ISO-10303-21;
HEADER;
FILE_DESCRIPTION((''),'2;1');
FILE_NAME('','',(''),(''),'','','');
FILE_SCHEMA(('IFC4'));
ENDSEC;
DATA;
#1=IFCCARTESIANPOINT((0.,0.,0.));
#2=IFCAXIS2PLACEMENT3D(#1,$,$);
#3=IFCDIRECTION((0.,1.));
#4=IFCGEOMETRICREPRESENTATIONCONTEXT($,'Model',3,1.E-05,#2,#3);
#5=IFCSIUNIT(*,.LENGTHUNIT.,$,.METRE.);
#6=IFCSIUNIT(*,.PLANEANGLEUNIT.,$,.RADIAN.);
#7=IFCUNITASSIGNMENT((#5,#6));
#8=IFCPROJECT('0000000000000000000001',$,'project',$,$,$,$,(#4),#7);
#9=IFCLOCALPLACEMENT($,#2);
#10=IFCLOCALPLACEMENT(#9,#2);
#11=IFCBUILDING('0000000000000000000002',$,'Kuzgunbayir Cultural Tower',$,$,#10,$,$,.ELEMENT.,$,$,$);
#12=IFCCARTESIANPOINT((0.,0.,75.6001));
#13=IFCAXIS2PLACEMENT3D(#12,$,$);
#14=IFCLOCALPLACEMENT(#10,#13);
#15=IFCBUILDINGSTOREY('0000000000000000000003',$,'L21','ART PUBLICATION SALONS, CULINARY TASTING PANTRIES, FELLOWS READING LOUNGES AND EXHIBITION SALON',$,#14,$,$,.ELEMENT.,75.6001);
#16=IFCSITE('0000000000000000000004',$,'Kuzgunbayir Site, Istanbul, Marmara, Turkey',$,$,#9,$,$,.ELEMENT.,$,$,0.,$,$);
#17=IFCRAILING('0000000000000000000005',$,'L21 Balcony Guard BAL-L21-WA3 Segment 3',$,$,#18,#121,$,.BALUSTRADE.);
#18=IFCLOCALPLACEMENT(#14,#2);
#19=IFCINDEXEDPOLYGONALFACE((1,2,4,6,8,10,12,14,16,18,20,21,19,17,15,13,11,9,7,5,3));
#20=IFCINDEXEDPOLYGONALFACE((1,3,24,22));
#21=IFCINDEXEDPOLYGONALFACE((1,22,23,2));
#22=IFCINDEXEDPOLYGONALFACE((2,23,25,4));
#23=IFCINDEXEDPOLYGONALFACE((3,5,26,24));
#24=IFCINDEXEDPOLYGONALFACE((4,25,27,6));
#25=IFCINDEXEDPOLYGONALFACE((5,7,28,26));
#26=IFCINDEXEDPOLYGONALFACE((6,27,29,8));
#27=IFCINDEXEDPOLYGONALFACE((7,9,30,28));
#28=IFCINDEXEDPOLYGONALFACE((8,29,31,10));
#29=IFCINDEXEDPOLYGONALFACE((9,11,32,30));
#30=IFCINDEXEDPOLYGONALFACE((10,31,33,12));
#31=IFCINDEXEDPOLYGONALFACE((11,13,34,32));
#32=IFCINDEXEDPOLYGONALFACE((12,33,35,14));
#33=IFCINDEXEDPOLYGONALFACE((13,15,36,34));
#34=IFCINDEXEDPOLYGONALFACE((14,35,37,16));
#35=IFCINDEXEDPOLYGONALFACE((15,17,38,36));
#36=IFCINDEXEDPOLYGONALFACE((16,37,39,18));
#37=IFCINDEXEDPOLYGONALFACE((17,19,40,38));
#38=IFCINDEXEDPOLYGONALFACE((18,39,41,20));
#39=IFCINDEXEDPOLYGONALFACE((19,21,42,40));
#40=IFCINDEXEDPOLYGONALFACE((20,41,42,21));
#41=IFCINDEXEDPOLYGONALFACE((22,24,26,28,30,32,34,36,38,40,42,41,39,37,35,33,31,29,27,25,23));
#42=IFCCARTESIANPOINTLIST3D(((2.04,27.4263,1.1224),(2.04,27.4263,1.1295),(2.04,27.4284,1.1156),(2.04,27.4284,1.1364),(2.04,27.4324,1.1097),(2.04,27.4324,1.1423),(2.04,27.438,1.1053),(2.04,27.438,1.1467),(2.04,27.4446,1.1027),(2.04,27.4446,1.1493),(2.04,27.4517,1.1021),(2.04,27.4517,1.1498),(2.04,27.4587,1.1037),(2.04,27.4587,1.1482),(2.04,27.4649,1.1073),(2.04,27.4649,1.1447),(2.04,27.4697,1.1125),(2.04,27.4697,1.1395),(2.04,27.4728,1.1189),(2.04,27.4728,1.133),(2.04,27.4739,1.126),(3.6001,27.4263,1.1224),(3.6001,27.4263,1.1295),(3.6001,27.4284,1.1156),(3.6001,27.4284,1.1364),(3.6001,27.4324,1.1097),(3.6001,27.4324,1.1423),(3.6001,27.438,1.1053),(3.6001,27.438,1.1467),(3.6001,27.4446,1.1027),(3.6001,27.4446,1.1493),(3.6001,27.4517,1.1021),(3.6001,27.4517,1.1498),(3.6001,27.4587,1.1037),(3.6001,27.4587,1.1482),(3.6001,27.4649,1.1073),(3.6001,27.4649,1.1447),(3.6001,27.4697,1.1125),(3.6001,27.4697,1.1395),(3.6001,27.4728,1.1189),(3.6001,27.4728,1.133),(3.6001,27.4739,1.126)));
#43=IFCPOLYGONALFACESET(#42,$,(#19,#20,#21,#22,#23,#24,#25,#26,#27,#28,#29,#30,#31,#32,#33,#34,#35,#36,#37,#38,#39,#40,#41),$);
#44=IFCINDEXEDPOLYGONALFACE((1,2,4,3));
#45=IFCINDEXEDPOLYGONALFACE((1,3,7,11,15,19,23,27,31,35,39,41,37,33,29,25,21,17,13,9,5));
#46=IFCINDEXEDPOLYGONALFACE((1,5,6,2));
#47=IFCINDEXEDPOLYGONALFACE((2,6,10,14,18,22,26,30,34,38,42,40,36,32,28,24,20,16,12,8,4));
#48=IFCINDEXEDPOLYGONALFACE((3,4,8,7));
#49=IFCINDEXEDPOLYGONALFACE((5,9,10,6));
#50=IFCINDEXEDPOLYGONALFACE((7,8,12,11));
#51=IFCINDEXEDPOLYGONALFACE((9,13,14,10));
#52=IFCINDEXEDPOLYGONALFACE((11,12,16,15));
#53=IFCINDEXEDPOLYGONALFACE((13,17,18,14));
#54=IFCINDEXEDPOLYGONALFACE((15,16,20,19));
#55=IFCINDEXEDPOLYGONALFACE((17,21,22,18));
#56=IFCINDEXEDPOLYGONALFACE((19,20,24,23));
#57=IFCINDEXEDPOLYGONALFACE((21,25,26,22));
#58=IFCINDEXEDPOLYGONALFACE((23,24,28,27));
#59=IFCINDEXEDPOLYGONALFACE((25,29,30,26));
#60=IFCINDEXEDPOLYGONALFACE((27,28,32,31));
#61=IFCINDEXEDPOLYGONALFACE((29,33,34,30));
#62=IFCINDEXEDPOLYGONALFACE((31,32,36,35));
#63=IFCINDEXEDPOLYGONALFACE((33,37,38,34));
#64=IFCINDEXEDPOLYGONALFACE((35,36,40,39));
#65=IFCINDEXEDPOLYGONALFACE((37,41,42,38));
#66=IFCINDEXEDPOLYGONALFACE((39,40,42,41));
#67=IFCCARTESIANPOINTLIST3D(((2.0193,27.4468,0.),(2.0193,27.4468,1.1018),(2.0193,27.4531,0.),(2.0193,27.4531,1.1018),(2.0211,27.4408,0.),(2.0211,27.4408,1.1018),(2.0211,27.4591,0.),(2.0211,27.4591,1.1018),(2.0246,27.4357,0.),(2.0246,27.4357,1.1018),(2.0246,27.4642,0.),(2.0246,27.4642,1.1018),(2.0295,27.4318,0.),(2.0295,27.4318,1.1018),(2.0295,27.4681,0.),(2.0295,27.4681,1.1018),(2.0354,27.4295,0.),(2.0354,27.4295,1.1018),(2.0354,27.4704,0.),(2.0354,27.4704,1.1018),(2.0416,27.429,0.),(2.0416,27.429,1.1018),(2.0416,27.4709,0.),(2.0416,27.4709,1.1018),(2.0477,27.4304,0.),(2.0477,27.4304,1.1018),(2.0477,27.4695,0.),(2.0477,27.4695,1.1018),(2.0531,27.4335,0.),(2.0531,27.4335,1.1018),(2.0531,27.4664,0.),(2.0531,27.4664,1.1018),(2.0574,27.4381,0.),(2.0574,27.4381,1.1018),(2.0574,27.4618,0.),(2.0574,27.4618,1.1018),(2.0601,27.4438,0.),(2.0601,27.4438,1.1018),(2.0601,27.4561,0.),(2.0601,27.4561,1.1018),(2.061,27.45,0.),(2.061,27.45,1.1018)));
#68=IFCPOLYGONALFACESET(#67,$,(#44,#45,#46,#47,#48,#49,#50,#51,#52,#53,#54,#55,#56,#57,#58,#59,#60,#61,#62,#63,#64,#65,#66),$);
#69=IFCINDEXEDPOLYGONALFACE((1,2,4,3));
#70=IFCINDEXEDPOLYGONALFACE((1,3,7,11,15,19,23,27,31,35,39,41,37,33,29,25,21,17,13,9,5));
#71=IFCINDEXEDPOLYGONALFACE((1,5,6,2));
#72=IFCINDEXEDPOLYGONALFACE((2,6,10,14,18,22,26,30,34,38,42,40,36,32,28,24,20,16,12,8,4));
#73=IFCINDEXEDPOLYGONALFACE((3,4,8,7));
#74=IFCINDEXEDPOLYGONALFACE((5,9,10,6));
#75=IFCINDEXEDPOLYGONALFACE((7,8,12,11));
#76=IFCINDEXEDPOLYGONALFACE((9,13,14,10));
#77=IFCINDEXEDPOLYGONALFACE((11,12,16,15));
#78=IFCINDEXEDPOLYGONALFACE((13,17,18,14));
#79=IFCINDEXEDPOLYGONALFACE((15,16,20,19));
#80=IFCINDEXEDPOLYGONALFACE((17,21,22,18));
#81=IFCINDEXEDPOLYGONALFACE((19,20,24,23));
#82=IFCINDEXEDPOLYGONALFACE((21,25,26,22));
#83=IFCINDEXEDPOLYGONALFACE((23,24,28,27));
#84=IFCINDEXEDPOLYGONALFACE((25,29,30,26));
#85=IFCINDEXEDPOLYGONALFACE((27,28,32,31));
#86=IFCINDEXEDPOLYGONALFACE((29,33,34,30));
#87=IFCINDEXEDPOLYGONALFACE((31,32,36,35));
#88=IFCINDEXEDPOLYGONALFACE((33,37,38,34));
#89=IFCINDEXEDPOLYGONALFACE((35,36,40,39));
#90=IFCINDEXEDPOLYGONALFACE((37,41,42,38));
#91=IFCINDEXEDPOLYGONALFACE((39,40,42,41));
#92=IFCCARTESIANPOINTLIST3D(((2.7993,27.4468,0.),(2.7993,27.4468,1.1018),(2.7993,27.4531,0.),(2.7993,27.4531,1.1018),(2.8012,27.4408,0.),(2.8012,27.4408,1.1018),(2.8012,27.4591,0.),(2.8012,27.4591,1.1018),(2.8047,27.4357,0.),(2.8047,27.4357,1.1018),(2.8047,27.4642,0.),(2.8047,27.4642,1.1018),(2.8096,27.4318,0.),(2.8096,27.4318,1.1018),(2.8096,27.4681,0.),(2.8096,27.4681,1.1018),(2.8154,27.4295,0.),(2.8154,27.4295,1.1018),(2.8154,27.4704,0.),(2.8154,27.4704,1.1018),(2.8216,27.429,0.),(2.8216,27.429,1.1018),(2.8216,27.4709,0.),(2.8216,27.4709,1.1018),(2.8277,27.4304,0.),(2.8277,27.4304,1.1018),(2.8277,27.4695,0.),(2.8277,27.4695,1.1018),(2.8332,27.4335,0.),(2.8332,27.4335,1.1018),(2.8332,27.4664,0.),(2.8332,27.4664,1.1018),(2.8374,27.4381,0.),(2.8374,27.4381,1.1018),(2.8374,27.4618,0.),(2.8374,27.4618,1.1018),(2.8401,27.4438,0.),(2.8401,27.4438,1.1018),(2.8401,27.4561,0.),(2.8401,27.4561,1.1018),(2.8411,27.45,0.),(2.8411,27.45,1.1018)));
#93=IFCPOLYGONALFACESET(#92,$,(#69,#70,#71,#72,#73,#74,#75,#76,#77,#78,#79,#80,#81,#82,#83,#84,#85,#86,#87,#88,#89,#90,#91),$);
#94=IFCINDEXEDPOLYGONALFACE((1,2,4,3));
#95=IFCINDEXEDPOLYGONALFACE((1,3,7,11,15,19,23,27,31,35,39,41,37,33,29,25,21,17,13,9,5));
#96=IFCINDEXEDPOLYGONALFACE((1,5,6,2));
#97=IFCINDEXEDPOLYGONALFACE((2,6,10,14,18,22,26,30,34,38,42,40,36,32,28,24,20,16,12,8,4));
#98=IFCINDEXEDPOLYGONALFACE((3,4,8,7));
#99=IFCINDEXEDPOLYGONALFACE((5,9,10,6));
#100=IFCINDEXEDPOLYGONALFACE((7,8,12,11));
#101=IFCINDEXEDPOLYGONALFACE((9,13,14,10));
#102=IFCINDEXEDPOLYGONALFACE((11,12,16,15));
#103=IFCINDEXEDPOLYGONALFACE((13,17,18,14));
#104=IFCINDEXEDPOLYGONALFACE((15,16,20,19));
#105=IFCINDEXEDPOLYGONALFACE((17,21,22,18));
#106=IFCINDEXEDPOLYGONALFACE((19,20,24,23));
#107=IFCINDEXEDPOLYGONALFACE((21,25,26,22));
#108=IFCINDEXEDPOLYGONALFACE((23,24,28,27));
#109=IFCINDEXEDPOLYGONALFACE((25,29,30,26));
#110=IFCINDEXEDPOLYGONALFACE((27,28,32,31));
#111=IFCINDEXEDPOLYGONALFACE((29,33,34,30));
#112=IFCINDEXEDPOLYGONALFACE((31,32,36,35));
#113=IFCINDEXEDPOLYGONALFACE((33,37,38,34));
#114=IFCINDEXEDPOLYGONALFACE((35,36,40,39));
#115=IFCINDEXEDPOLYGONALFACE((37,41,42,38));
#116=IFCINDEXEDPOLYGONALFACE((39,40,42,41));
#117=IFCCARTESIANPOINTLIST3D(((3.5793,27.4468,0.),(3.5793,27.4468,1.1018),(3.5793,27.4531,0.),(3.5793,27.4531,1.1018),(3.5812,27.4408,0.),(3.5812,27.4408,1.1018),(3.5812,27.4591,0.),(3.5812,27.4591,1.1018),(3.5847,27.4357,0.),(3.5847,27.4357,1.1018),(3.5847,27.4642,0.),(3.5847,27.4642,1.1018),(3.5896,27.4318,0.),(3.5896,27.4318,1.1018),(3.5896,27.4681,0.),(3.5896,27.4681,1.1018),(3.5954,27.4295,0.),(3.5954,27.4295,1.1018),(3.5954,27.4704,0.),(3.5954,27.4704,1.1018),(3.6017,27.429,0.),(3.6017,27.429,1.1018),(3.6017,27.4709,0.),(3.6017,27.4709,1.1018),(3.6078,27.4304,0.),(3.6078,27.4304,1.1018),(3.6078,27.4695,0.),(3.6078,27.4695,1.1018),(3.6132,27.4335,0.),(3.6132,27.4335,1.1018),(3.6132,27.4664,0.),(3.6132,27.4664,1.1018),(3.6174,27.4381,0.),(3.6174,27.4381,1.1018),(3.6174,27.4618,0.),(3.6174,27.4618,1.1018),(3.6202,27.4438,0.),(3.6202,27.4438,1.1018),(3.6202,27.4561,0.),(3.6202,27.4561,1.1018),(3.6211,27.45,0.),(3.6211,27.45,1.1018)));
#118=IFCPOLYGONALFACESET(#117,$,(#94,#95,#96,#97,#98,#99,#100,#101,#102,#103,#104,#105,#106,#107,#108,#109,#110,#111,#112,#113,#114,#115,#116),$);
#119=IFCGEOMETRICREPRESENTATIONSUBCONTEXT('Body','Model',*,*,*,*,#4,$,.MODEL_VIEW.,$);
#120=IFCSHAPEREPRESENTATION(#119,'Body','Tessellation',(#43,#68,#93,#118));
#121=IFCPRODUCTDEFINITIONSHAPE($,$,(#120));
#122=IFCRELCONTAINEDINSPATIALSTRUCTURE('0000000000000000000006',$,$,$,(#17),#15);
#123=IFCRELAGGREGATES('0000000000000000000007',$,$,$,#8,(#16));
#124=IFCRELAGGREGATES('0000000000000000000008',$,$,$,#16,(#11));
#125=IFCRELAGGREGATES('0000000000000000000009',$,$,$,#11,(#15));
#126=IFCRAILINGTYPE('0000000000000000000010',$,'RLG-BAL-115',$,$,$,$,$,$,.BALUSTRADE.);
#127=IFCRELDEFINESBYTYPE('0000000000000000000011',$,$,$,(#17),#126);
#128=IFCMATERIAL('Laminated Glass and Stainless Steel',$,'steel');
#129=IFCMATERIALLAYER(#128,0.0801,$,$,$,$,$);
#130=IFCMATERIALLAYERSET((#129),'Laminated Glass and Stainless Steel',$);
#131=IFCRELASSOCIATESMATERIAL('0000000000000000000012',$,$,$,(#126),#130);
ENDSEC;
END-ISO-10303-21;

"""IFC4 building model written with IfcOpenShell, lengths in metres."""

from ifc_helpers import new_model, si_unit, direction, frame, origin, origin_2d, place, context, subcontext, project, spatial, circle, extrude, material, layer, layer_set, type_object, element, save


model = new_model("IFC4")

# Units and contexts
model_context = context("Model", 3, precision=1e-05, world=origin(), true_north=direction((0.0, 1.0)))
body_context = subcontext(model_context, "Body", "Model", "MODEL_VIEW")
ifc_project = project(units=[si_unit("LENGTHUNIT", "METRE"), si_unit("PLANEANGLEUNIT", "RADIAN")], contexts=[model_context])

# Site, building, storey
site_placement = place(None, origin())
site = spatial("IfcSite", under=ifc_project, at=site_placement, Name="Kuzgunbayir Site, Istanbul, Marmara, Turkey", CompositionType="ELEMENT", RefElevation=0.0)
building_placement = place(site_placement, origin())
building = spatial("IfcBuilding", under=site, at=building_placement, Name="Kuzgunbayir Cultural Tower", CompositionType="ELEMENT")
storey_placement = place(building_placement, frame((0.0, 0.0, 75.6001)))
storey = spatial("IfcBuildingStorey", under=building, at=storey_placement, Name="L21", Description="ART PUBLICATION SALONS, CULINARY TASTING PANTRIES, FELLOWS READING LOUNGES AND EXHIBITION SALON", CompositionType="ELEMENT", Elevation=75.6001)

# Railing
ifc_material_1 = material(Name="Laminated Glass and Stainless Steel", Category="steel")
ifc_layer_1 = layer(ifc_material_1, 0.0801)
ifc_layer_set_1 = layer_set([ifc_layer_1], Name="Laminated Glass and Stainless Steel")
railing_type = type_object("IfcRailingType", Name="RLG-BAL-115", PredefinedType="BALUSTRADE", material=ifc_layer_set_1)
railing_1_placement = place(storey_placement, frame((2.04, 27.45, 0.0)))
element("IfcRailing", 1, at=railing_1_placement, inside=storey, type_object=railing_type, Name="L21 Balcony Guard BAL-L21-WA3 Segment 3", PredefinedType="BALUSTRADE", context=body_context, shape_type="SweptSolid", body=[
    extrude(circle(Radius=0.0239, at=origin_2d()), frame((0.0, 0.0, 1.126), z_axis=(1.0, 0.0, 0.0), x_axis=(0.0, 1.0, 0.0)), (0.0, 0.0, 1.0), 1.5601),
    extrude(circle(Radius=0.021, at=origin_2d()), origin(), (0.0, 0.0, 1.0), 1.1018),
    extrude(circle(Radius=0.021, at=origin_2d()), frame((0.78, 0.0, 0.0)), (0.0, 0.0, 1.0), 1.1018),
    extrude(circle(Radius=0.021, at=origin_2d()), frame((1.5601, 0.0, 0.0)), (0.0, 0.0, 1.0), 1.1018),
])

save(model, "model.ifc")
